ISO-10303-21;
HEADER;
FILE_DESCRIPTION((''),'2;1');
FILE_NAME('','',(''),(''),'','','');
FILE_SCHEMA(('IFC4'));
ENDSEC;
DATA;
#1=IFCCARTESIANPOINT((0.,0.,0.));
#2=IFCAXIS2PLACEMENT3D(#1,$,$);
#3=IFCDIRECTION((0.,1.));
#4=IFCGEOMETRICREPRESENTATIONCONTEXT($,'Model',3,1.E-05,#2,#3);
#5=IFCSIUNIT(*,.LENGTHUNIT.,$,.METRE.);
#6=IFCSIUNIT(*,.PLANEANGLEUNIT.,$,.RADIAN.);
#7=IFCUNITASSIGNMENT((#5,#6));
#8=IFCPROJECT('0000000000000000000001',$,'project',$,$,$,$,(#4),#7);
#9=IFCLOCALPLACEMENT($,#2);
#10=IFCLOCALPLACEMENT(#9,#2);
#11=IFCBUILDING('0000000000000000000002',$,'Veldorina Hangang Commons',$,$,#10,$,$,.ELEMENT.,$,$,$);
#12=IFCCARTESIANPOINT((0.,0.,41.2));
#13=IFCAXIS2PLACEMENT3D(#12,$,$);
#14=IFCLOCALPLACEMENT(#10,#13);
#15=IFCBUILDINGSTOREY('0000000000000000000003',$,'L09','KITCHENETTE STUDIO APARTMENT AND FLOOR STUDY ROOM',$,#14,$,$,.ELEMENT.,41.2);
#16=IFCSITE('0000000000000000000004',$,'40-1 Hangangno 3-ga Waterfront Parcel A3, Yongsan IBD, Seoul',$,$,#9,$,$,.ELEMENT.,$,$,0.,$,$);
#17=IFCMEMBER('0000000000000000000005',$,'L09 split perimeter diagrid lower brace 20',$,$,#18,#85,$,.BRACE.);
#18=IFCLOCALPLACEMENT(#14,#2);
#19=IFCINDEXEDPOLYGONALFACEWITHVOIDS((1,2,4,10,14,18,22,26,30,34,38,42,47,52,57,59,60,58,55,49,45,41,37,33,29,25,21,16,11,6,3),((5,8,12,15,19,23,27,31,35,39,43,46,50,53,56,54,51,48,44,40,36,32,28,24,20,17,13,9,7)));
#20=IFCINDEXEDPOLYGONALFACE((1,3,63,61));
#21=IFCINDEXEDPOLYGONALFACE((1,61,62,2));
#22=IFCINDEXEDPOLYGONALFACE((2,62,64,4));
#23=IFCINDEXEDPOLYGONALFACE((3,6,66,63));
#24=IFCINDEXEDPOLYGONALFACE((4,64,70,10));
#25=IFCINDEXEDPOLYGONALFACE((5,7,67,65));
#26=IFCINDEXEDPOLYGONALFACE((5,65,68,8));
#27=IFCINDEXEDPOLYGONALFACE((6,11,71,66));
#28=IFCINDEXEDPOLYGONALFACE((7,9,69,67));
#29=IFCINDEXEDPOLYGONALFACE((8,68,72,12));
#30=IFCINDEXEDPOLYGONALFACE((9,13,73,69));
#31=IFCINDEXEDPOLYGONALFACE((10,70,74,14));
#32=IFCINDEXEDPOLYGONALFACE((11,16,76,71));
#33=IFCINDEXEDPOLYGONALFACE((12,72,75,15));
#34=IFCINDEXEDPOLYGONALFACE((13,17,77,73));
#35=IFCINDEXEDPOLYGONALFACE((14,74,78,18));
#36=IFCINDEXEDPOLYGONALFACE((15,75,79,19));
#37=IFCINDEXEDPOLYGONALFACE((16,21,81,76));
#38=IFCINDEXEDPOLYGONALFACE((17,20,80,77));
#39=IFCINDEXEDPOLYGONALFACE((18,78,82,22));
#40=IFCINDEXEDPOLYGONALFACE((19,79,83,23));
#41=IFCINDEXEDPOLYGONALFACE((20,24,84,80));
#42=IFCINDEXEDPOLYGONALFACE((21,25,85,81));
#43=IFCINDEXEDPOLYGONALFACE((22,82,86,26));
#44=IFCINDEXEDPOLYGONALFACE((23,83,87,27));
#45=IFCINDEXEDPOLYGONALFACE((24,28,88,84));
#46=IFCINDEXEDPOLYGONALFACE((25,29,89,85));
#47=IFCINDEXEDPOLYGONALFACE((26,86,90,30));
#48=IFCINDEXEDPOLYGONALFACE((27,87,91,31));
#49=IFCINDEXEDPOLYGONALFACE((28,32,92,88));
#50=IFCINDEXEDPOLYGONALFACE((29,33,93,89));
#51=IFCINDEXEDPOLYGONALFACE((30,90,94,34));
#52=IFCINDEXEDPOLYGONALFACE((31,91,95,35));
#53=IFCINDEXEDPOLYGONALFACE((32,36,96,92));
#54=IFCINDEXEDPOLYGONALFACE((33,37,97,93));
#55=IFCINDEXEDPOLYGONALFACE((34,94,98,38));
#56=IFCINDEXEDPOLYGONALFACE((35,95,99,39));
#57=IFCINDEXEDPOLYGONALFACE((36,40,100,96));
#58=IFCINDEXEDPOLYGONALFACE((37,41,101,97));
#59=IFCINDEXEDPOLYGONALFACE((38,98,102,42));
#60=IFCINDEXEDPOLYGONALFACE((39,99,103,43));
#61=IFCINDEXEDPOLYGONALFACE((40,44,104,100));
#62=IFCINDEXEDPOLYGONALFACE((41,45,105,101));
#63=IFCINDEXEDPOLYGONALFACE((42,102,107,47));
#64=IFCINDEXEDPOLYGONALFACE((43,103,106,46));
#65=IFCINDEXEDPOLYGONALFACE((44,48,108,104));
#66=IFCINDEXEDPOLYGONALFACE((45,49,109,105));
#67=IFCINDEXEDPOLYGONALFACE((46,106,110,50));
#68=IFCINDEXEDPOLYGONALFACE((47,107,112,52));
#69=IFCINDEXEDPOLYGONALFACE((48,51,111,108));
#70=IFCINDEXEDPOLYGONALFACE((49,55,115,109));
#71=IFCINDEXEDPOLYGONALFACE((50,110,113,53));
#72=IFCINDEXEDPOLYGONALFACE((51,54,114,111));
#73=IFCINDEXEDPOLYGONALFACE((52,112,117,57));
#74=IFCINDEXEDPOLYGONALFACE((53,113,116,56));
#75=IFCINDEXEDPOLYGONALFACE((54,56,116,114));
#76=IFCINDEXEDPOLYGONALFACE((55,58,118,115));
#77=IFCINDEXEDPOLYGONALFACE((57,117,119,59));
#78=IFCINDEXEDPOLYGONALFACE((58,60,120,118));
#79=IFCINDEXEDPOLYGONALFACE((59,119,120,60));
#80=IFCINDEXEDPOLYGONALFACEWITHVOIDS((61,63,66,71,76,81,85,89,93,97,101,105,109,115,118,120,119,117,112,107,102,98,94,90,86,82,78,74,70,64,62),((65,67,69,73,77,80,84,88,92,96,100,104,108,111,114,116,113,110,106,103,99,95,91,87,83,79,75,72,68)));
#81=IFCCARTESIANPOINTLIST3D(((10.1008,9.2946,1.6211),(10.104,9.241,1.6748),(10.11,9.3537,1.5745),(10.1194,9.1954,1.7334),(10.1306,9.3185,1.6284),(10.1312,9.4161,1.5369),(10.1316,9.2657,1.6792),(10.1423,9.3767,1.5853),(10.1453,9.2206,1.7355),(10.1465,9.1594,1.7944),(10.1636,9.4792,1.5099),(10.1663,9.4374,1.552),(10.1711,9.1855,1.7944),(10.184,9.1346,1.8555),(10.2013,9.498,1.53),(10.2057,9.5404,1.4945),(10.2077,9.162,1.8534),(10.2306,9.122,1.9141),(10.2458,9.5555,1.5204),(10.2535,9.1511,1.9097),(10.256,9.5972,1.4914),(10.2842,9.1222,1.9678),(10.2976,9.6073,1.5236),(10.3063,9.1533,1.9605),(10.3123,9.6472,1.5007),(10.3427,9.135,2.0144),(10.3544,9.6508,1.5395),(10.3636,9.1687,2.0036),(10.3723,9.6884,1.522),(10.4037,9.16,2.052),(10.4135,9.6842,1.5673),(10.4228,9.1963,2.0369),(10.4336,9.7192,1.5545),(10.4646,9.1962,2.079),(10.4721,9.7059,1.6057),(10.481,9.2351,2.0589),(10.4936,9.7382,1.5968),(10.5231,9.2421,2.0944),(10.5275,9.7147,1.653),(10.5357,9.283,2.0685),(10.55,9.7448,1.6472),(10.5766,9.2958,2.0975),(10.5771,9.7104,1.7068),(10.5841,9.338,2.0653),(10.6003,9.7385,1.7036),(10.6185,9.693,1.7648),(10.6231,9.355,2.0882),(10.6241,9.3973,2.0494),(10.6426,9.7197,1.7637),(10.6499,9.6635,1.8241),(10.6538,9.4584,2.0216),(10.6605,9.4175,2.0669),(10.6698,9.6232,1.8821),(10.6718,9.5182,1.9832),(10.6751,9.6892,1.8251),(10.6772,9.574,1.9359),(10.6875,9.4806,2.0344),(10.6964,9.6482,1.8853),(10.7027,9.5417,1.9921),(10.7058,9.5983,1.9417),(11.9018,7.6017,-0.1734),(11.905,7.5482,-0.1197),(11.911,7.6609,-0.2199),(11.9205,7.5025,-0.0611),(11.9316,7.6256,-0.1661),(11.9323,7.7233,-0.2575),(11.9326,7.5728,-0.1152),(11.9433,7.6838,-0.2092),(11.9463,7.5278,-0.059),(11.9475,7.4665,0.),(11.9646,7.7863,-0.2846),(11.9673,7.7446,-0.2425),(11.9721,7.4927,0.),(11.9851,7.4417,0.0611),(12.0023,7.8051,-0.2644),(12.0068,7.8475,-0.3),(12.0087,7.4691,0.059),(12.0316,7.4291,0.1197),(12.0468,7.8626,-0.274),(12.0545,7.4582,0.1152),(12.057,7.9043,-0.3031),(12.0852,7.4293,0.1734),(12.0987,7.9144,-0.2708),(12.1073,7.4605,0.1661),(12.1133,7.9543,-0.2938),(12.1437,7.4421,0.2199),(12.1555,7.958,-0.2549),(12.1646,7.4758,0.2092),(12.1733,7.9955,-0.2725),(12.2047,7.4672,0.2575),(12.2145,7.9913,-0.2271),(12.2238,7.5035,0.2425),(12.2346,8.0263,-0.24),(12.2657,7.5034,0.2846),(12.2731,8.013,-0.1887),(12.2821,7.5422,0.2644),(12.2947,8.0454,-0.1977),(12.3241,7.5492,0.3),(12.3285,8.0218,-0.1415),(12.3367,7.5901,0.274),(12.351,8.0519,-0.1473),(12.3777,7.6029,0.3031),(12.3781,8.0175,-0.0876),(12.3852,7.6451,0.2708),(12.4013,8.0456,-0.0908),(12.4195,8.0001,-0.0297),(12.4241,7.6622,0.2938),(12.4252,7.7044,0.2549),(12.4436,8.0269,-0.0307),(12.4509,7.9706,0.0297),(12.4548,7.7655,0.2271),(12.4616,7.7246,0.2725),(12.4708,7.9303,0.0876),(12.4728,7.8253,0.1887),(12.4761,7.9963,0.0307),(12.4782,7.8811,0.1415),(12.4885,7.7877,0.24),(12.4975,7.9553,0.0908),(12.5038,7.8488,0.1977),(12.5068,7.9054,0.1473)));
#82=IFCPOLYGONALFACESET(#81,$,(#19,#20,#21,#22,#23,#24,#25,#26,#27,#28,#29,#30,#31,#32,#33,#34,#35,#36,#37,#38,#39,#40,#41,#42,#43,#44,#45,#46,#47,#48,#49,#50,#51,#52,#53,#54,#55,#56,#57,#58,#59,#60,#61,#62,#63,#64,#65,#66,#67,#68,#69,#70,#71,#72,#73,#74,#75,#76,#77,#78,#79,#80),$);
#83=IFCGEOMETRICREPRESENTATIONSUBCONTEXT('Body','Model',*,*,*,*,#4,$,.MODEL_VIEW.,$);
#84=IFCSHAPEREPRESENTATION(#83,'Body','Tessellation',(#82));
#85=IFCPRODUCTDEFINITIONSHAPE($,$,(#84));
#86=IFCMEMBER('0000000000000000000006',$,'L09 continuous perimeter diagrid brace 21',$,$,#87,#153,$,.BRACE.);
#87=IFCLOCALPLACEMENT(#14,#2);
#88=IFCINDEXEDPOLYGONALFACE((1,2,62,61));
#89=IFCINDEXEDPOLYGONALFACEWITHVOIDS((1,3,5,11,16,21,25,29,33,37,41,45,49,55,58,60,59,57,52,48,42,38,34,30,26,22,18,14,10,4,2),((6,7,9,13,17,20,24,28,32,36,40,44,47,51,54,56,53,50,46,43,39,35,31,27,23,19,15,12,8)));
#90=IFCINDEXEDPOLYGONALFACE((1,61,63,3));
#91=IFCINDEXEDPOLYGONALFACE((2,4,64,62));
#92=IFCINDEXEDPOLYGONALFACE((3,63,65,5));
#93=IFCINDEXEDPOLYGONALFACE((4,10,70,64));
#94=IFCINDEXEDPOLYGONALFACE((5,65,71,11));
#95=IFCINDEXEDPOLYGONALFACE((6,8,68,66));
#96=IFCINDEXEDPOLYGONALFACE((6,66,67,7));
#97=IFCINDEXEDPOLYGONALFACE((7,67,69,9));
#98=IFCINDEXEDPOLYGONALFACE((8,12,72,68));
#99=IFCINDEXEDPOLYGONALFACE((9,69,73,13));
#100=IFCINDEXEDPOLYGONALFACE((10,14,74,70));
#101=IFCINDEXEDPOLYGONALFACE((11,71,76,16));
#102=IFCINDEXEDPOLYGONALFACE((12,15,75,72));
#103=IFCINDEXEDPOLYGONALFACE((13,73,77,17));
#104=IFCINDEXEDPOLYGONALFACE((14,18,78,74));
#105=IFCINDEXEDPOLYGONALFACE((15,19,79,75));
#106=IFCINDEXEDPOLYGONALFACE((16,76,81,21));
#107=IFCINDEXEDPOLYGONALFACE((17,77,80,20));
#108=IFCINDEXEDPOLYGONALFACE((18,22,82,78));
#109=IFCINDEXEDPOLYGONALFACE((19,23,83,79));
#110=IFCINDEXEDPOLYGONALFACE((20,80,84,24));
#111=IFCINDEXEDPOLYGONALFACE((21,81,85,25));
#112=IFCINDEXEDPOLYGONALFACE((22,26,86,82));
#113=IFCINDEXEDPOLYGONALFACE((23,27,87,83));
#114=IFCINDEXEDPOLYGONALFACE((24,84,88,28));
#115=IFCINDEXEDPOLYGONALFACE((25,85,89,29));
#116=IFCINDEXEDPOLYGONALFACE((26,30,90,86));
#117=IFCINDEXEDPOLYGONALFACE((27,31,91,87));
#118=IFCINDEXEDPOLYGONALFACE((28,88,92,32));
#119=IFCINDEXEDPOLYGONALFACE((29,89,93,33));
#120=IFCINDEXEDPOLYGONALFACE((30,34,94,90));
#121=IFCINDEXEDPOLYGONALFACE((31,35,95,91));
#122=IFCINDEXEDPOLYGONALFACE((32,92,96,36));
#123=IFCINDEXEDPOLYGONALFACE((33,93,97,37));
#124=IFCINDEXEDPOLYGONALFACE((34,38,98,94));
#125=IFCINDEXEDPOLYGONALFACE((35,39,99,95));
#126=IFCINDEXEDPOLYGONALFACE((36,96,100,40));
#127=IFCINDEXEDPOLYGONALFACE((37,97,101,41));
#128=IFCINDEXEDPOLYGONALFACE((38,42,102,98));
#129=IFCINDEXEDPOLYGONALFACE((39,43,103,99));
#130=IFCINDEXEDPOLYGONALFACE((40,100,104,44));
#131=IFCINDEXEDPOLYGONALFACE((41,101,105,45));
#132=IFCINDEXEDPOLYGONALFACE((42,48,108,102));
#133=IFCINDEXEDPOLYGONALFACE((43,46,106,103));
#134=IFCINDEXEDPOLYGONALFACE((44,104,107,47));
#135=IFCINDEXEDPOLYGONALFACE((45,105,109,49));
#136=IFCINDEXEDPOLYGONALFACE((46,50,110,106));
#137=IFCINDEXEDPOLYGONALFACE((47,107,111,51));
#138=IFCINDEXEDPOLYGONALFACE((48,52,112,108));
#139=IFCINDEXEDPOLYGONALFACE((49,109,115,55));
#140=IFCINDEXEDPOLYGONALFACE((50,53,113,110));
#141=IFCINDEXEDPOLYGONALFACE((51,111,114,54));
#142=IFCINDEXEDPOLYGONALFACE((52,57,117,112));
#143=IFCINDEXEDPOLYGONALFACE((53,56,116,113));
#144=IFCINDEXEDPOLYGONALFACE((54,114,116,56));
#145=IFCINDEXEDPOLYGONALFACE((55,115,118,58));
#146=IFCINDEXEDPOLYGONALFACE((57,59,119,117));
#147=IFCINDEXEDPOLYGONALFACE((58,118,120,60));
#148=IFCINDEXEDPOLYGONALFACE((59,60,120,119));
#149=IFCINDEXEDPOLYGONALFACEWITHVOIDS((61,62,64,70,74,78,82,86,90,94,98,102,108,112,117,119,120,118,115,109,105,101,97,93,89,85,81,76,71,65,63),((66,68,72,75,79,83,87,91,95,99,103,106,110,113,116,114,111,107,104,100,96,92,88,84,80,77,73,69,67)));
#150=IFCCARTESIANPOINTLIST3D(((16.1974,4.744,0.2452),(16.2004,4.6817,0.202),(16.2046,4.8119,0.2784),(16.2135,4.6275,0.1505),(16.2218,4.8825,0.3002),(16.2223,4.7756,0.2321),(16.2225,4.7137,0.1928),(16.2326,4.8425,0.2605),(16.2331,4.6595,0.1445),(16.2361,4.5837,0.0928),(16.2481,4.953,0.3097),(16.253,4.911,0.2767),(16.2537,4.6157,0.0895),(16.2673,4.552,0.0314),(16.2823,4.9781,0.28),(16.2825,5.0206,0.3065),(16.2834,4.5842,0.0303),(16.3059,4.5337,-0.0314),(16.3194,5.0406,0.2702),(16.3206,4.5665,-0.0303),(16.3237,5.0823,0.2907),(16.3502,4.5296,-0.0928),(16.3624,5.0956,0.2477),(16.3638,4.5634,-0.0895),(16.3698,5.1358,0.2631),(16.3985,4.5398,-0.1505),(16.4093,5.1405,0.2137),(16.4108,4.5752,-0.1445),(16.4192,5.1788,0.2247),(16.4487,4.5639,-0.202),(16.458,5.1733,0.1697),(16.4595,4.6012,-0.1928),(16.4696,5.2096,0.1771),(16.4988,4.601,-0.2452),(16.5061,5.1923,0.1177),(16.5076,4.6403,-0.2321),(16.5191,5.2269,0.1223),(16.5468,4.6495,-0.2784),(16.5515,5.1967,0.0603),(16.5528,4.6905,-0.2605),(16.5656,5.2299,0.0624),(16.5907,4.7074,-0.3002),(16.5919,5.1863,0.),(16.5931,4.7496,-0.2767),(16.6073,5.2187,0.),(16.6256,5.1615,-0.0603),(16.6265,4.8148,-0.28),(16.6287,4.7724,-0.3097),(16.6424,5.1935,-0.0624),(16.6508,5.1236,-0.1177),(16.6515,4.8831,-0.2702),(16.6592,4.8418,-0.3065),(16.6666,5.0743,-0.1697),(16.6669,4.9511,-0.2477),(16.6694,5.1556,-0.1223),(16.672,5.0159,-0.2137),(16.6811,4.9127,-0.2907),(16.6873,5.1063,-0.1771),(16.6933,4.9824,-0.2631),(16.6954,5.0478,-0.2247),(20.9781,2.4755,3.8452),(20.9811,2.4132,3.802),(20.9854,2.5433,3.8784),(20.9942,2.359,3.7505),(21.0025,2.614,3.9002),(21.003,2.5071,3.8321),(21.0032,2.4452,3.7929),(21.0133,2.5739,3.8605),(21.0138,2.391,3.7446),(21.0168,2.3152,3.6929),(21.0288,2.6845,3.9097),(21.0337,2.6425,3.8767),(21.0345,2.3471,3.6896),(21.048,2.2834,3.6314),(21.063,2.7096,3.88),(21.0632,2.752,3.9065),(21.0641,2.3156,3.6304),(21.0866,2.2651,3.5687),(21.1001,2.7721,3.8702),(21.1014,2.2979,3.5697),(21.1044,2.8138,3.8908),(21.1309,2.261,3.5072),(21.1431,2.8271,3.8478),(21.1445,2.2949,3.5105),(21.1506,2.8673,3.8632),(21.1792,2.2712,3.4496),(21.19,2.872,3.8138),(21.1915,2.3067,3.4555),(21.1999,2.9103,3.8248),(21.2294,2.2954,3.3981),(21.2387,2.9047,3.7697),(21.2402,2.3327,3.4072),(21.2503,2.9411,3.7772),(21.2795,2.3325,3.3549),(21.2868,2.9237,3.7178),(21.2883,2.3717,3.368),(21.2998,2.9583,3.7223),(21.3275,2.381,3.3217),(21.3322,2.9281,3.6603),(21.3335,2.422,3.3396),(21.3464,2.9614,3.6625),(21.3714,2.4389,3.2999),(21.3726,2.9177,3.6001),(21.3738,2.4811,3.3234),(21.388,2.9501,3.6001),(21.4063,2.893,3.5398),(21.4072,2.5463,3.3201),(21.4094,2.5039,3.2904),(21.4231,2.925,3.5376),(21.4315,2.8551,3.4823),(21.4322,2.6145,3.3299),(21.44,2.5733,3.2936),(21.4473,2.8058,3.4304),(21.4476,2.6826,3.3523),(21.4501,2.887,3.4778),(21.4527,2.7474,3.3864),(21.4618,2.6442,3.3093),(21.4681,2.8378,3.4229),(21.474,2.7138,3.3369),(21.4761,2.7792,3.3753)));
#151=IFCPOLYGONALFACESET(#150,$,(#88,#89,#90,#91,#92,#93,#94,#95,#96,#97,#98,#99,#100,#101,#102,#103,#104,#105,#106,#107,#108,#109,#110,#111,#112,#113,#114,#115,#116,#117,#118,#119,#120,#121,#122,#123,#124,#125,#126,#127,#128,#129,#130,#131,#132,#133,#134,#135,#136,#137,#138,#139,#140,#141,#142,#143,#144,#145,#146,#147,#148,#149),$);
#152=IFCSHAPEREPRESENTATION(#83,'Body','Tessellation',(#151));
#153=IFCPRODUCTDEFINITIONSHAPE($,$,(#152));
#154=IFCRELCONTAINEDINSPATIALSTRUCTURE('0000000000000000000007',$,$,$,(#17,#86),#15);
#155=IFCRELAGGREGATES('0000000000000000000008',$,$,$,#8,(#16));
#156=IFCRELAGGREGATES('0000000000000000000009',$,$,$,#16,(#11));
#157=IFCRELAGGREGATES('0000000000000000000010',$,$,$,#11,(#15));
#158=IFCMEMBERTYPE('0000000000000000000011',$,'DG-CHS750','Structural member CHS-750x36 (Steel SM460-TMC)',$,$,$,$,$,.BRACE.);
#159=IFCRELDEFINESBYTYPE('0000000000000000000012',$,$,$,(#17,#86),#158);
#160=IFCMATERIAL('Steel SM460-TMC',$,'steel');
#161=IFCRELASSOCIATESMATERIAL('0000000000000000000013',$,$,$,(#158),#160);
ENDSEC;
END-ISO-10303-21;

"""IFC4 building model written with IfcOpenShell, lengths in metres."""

from ifc_helpers import new_model, si_unit, direction, frame, origin, origin_2d, place, context, subcontext, project, spatial, hollow_circle, extrude, material, material_profile, profile_set, type_object, element, save


model = new_model("IFC4")

# Units and contexts
model_context = context("Model", 3, precision=1e-05, world=origin(), true_north=direction((0.0, 1.0)))
body_context = subcontext(model_context, "Body", "Model", "MODEL_VIEW")
ifc_project = project(units=[si_unit("LENGTHUNIT", "METRE"), si_unit("PLANEANGLEUNIT", "RADIAN")], contexts=[model_context])

# Site, building, storey
site_placement = place(None, origin())
site = spatial("IfcSite", under=ifc_project, at=site_placement, Name="40-1 Hangangno 3-ga Waterfront Parcel A3, Yongsan IBD, Seoul", CompositionType="ELEMENT", RefElevation=0.0)
building_placement = place(site_placement, origin())
building = spatial("IfcBuilding", under=site, at=building_placement, Name="Veldorina Hangang Commons", CompositionType="ELEMENT")
storey_placement = place(building_placement, frame((0.0, 0.0, 41.2)))
storey = spatial("IfcBuildingStorey", under=building, at=storey_placement, Name="L09", Description="KITCHENETTE STUDIO APARTMENT AND FLOOR STUDY ROOM", CompositionType="ELEMENT", Elevation=41.2)

# Shared definitions
ifc_material_1 = material(Name="Steel SM460-TMC", Category="steel")

# Members
ifc_material_profile_1 = material_profile(ifc_material_1, hollow_circle(Radius=0.375, WallThickness=0.0359, at=origin_2d()), Name="CHS-750x36")
ifc_profile_set_1 = profile_set([ifc_material_profile_1], Name="Steel SM460-TMC")
member_type_1 = type_object("IfcMemberType", Name="DG-CHS750", Description="Structural member CHS-750x36 (Steel SM460-TMC)", PredefinedType="BRACE", material=ifc_profile_set_1)
member_1_placement = place(storey_placement, frame((12.2043, 7.7397, 0.0), z_axis=(-0.589645, 0.554236, 0.587487), x_axis=(-0.68489, -0.728646, 0.0)))
element("IfcMember", 1, at=member_1_placement, inside=storey, type_object=member_type_1, Name="L09 split perimeter diagrid lower brace 20", PredefinedType="BRACE", context=body_context, shape_type="SweptSolid", body=[
    extrude(hollow_circle(Radius=0.375, WallThickness=0.0359, at=origin_2d()), origin(), (0.0, 0.0, 1.0), 3.0544),
])
member_2_placement = place(storey_placement, frame((16.4465, 4.8799, 0.0), z_axis=(0.746969, -0.35445, 0.562497), x_axis=(0.428701, 0.903446, 0.0)))
element("IfcMember", 2, at=member_2_placement, inside=storey, type_object=member_type_1, Name="L09 continuous perimeter diagrid brace 21", PredefinedType="BRACE", context=body_context, shape_type="SweptSolid", body=[
    extrude(hollow_circle(Radius=0.375, WallThickness=0.0359, at=origin_2d()), origin(), (0.0, 0.0, 1.0), 6.4001),
])

save(model, "model.ifc")
